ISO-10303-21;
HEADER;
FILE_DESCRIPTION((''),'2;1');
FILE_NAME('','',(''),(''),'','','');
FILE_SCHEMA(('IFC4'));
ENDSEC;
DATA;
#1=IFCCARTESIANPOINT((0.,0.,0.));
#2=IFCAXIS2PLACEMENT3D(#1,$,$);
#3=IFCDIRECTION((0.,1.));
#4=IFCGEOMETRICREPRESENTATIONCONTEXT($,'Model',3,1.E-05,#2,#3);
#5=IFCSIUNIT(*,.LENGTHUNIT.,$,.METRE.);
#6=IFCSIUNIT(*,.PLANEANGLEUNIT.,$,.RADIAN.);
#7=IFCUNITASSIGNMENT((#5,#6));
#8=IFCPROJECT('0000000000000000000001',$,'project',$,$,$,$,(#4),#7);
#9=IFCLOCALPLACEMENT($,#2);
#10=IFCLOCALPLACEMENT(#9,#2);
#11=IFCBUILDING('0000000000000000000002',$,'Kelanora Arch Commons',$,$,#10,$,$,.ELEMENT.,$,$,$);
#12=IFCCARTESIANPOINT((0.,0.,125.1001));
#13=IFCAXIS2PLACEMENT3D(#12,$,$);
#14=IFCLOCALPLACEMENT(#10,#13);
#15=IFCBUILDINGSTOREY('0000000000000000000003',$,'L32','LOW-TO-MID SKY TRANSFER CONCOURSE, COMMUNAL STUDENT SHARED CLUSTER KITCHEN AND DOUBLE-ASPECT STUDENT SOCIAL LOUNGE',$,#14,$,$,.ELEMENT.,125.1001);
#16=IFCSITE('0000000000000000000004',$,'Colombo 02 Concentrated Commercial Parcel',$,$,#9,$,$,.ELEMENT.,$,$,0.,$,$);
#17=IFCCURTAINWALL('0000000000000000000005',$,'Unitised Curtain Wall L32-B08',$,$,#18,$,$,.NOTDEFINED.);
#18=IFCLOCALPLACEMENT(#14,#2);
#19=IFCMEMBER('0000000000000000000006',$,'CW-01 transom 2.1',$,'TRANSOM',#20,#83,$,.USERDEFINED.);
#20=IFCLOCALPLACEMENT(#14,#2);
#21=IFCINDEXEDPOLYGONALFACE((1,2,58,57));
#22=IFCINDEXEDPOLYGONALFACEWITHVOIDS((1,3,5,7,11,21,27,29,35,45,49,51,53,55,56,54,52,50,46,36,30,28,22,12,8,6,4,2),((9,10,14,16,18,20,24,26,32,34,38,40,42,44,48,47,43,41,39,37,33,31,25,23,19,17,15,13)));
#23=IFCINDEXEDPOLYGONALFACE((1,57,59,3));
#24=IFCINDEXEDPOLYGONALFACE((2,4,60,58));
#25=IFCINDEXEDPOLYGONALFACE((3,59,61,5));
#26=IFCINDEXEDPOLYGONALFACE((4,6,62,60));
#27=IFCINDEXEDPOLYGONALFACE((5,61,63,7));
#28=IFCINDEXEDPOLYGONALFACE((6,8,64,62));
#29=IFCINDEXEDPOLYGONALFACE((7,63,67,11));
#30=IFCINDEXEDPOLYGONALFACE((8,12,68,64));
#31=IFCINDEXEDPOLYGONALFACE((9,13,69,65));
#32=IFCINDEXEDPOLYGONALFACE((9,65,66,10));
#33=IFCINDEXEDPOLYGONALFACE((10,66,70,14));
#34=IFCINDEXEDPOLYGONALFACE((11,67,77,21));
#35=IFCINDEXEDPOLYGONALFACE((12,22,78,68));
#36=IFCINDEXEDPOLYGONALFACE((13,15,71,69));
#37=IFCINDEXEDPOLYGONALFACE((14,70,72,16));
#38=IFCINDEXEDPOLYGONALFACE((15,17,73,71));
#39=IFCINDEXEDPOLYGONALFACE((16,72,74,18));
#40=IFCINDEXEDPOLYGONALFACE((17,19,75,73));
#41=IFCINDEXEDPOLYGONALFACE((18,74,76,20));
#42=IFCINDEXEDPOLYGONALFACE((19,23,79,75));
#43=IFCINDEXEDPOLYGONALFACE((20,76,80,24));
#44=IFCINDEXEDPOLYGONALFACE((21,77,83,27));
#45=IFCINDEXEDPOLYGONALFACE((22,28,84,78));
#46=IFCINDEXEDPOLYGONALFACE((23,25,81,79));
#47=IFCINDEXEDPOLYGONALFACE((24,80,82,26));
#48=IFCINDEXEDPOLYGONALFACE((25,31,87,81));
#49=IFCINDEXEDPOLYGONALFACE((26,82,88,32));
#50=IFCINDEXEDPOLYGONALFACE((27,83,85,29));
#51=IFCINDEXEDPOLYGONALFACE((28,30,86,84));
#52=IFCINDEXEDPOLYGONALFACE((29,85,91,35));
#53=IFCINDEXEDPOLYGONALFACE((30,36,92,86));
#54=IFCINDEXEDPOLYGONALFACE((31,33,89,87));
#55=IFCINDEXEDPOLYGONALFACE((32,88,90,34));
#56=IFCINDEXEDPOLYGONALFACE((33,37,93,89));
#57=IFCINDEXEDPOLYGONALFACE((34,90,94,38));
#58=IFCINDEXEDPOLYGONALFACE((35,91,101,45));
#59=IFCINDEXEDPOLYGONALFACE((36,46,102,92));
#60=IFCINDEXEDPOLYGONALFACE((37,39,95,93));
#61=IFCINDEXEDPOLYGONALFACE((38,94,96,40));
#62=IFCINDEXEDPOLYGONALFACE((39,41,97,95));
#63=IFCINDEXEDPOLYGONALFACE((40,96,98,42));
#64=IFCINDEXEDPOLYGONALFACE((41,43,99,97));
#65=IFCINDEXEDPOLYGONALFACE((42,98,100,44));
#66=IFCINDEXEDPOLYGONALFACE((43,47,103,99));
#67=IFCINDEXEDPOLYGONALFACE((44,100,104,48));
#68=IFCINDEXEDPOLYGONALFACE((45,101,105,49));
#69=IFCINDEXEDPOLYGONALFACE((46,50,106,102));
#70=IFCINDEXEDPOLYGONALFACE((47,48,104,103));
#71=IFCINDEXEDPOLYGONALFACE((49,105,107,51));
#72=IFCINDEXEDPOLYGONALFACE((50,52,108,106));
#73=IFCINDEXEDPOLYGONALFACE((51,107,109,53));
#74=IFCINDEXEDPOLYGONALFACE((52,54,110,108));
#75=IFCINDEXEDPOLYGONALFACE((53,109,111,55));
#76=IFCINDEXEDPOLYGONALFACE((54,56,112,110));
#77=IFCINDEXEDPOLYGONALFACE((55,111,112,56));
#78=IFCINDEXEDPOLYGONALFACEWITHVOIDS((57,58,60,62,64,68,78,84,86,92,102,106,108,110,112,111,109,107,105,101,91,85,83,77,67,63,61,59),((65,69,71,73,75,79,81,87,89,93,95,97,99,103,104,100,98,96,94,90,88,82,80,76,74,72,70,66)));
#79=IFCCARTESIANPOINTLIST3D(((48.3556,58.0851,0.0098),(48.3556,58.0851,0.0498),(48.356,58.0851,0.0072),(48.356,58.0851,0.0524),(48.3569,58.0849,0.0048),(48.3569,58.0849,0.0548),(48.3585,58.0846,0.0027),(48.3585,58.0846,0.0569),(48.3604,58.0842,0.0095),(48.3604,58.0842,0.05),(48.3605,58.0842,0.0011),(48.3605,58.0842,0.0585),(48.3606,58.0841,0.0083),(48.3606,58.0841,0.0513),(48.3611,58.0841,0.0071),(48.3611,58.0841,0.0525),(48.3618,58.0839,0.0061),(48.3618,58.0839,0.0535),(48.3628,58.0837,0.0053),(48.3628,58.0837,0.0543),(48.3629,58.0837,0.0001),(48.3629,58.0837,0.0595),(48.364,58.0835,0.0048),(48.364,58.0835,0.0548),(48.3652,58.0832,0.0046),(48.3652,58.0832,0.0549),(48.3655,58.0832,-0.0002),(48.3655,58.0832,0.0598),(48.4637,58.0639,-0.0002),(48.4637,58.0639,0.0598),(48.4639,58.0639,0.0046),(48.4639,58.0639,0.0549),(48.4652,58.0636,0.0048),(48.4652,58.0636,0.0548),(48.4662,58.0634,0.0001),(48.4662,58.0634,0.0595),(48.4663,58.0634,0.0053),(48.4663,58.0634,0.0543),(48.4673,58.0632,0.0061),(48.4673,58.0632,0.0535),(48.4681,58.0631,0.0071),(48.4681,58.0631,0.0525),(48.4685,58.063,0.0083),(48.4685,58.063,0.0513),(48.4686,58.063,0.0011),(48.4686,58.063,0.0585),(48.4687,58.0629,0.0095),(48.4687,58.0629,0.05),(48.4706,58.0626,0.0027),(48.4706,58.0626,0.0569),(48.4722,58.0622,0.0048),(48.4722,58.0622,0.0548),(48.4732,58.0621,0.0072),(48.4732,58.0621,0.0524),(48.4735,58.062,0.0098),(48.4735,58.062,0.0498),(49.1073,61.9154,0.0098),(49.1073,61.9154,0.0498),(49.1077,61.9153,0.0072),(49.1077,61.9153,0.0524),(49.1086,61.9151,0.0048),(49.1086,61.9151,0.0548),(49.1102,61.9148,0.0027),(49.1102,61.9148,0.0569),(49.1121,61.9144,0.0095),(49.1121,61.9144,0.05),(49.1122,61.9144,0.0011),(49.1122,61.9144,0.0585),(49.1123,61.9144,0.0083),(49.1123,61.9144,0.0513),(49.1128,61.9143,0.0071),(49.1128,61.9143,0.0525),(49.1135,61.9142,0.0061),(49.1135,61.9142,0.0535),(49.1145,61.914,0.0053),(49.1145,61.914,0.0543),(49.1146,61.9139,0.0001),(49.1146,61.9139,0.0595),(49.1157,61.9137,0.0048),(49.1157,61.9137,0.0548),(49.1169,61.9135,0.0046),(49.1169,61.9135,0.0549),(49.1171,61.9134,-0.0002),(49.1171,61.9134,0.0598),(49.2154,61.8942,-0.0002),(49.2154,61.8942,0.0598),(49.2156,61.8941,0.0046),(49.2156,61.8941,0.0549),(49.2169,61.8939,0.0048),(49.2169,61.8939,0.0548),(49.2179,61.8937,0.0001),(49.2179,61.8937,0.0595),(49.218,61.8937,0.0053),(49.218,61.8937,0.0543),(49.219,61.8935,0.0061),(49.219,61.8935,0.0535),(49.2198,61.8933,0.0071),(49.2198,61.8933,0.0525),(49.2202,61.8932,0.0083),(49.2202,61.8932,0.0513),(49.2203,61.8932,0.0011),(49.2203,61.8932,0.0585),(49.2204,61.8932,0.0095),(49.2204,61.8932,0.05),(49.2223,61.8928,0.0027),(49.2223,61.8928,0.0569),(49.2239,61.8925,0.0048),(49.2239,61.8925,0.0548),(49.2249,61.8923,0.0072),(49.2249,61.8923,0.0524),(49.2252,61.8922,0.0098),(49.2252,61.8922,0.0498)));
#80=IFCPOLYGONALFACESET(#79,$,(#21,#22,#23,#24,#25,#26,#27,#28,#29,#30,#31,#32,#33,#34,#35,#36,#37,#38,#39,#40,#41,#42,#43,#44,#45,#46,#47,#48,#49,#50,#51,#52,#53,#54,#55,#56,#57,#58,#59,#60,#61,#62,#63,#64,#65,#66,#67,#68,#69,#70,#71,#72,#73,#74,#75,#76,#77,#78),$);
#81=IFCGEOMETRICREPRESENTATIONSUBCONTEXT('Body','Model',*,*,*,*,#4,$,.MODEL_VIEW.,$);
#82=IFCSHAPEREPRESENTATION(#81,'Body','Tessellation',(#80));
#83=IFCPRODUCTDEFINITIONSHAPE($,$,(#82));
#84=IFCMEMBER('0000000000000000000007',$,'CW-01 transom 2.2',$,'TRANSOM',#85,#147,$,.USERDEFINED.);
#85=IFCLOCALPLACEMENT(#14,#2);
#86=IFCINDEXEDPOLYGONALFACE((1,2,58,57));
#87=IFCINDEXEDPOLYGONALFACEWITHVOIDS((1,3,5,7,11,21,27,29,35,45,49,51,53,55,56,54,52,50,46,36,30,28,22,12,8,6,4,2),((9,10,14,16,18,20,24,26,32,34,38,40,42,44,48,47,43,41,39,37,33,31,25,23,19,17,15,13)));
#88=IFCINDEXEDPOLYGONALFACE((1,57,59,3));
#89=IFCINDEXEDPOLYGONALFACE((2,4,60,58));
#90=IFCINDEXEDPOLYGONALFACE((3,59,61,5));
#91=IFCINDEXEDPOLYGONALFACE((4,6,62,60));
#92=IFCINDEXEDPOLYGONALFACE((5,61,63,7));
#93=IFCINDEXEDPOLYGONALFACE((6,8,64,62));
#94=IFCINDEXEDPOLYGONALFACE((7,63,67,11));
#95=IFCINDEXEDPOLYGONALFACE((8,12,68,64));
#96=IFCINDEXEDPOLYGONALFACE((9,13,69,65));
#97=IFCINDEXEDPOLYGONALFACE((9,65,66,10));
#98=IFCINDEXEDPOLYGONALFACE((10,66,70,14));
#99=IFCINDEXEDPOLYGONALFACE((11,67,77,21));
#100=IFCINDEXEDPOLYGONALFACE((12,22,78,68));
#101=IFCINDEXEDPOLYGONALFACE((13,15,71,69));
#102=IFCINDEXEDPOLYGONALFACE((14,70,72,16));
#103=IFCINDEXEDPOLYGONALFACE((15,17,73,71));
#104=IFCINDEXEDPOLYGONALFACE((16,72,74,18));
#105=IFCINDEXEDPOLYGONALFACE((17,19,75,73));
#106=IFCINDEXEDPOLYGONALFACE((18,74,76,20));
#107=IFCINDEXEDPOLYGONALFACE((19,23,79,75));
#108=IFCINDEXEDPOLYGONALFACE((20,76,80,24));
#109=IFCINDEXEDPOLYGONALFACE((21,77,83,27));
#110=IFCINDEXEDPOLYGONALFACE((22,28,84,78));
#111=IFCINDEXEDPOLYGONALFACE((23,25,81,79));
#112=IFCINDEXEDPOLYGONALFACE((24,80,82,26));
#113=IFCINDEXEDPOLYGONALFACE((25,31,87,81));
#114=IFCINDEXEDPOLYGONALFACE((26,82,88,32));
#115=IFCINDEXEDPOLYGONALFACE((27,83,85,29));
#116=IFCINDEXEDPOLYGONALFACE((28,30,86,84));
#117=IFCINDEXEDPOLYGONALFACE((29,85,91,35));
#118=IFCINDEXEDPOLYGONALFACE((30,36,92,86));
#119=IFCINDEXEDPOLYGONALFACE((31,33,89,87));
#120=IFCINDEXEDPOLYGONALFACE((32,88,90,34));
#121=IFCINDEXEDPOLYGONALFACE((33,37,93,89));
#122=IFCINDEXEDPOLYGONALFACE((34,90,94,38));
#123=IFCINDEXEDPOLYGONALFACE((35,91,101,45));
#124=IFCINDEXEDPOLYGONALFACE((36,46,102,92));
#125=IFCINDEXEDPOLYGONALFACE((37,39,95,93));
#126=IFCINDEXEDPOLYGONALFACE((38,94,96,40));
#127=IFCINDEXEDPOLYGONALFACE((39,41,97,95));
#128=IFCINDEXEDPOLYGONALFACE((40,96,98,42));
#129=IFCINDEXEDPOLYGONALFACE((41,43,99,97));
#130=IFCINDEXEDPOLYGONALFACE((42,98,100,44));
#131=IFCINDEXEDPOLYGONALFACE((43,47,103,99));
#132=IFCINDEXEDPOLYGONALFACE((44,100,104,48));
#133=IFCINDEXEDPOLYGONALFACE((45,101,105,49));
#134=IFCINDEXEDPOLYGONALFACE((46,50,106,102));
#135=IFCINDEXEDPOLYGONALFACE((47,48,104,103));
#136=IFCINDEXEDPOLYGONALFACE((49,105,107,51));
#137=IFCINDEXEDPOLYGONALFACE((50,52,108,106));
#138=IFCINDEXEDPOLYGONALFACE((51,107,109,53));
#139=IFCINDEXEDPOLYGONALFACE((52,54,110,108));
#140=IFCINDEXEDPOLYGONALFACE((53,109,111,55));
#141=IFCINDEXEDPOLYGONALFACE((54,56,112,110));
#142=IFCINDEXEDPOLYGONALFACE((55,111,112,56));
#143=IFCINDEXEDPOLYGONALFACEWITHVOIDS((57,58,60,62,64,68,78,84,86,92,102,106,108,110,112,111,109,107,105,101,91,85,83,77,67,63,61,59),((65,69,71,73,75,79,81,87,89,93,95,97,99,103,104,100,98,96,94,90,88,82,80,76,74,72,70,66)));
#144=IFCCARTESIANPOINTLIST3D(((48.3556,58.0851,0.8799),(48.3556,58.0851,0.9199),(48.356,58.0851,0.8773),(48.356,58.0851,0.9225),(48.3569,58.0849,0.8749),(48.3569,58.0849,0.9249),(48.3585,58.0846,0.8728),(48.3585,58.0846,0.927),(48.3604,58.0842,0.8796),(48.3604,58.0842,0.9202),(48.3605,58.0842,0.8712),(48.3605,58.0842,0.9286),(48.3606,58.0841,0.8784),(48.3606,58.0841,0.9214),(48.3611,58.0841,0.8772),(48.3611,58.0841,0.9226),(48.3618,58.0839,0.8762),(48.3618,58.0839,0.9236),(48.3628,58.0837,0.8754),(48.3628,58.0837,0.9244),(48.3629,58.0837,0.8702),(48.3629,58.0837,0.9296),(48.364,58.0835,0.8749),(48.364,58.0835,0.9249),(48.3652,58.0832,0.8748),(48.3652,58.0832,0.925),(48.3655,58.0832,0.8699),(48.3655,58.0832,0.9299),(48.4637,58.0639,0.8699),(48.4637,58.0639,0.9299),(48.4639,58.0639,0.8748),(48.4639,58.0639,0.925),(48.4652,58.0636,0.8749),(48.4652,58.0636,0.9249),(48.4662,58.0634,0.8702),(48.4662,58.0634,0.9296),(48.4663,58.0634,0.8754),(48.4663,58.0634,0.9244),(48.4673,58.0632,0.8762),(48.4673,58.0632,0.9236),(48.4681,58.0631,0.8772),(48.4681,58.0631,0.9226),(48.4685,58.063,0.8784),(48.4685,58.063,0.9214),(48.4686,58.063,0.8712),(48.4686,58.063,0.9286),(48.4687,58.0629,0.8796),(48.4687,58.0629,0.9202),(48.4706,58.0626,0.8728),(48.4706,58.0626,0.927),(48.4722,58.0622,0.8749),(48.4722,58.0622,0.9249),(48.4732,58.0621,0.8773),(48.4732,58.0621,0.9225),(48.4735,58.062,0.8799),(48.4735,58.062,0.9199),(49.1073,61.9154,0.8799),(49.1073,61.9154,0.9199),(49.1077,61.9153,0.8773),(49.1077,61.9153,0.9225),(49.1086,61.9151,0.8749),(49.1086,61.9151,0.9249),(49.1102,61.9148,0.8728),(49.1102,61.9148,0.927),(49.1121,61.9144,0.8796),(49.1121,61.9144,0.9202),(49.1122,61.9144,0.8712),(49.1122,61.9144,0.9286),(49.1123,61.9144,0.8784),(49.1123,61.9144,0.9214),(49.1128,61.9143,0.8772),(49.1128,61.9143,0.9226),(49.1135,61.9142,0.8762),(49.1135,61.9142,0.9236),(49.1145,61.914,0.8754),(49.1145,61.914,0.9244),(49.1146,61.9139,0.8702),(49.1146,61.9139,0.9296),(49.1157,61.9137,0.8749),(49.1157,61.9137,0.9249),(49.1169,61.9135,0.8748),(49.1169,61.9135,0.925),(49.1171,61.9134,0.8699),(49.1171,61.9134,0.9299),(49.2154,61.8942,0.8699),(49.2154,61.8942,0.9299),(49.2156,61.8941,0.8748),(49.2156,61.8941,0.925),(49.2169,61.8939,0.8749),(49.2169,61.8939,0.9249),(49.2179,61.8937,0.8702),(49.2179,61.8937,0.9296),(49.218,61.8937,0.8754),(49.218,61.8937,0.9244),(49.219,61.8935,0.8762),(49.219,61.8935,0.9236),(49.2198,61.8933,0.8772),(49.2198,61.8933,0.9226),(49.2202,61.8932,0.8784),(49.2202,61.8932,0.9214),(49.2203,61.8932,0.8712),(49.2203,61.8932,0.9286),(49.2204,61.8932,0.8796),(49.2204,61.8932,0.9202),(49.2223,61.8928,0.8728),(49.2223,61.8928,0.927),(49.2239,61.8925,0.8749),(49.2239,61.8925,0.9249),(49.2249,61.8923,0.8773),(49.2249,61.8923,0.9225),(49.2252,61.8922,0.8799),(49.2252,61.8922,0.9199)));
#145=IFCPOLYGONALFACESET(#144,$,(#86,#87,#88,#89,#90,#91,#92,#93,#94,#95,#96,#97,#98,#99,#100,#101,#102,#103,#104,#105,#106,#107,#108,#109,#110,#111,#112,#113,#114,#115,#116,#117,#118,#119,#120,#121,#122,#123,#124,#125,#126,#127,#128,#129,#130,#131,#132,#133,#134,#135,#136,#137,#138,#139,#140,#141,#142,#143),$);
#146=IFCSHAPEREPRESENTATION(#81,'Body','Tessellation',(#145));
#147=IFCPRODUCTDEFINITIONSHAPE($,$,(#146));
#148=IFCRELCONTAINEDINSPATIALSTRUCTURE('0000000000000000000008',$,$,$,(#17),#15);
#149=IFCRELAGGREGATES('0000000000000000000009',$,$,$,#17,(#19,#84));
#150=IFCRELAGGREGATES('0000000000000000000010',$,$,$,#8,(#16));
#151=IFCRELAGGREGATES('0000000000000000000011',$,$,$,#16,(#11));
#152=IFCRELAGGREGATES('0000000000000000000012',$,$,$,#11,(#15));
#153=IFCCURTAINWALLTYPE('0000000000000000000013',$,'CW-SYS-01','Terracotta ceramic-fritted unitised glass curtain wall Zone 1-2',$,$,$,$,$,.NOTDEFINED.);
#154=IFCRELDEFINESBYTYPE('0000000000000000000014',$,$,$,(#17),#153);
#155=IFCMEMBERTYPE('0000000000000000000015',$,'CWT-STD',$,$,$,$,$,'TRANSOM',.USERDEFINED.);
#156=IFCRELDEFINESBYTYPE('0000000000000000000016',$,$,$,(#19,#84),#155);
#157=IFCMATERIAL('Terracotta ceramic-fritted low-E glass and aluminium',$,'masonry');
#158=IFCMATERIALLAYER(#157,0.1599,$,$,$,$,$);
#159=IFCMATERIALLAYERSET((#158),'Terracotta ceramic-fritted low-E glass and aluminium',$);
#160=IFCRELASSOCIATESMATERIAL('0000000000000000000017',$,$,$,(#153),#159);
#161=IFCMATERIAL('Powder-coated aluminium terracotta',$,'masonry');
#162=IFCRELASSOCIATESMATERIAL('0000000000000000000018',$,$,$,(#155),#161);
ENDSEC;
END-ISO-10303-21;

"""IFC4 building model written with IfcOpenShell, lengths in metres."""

from ifc_helpers import new_model, si_unit, direction, frame, origin, origin_2d, place, context, subcontext, project, spatial, hollow_rectangle, extrude, material, layer, layer_set, material_profile, profile_set, type_object, element, aggregate, save


model = new_model("IFC4")

# Units and contexts
model_context = context("Model", 3, precision=1e-05, world=origin(), true_north=direction((0.0, 1.0)))
body_context = subcontext(model_context, "Body", "Model", "MODEL_VIEW")
ifc_project = project(units=[si_unit("LENGTHUNIT", "METRE"), si_unit("PLANEANGLEUNIT", "RADIAN")], contexts=[model_context])

# Site, building, storey
site_placement = place(None, origin())
site = spatial("IfcSite", under=ifc_project, at=site_placement, Name="Colombo 02 Concentrated Commercial Parcel", CompositionType="ELEMENT", RefElevation=0.0)
building_placement = place(site_placement, origin())
building = spatial("IfcBuilding", under=site, at=building_placement, Name="Kelanora Arch Commons", CompositionType="ELEMENT")
storey_placement = place(building_placement, frame((0.0, 0.0, 125.1001)))
storey = spatial("IfcBuildingStorey", under=building, at=storey_placement, Name="L32", Description="LOW-TO-MID SKY TRANSFER CONCOURSE, COMMUNAL STUDENT SHARED CLUSTER KITCHEN AND DOUBLE-ASPECT STUDENT SOCIAL LOUNGE", CompositionType="ELEMENT", Elevation=125.1001)

# Curtain wall, members
ifc_material_1 = material(Name="Terracotta ceramic-fritted low-E glass and aluminium", Category="masonry")
ifc_layer_1 = layer(ifc_material_1, 0.1599)
ifc_layer_set_1 = layer_set([ifc_layer_1], Name="Terracotta ceramic-fritted low-E glass and aluminium")
curtain_wall_type = type_object("IfcCurtainWallType", Name="CW-SYS-01", Description="Terracotta ceramic-fritted unitised glass curtain wall Zone 1-2", PredefinedType="NOTDEFINED", material=ifc_layer_set_1)
curtain_wall_placement = place(storey_placement, origin())
curtain_wall = element("IfcCurtainWall", 1, at=curtain_wall_placement, inside=storey, type_object=curtain_wall_type, Name="Unitised Curtain Wall L32-B08", PredefinedType="NOTDEFINED")
ifc_material_2 = material(Name="Powder-coated aluminium terracotta", Category="masonry")
ifc_material_profile_1 = material_profile(ifc_material_2, hollow_rectangle(XDim=0.1201, YDim=0.0601, WallThickness=0.0049, InnerFilletRadius=0.0049, OuterFilletRadius=0.01, at=origin_2d()), Name="CWT120x60")
ifc_profile_set_1 = profile_set([ifc_material_profile_1], Name="Powder-coated aluminium terracotta")
member_type_1 = type_object("IfcMemberType", Name="CWT-STD", ElementType="TRANSOM", PredefinedType="USERDEFINED", material=ifc_profile_set_1)
member_1_placement = place(storey_placement, frame((49.1663, 61.9038, 0.0298), z_axis=(-0.192579, -0.981282, 0.0), x_axis=(0.981282, -0.192579, 0.0)))
member_1 = element("IfcMember", 2, at=member_1_placement, type_object=member_type_1, Name="CW-01 transom 2.1", ObjectType="TRANSOM", PredefinedType="USERDEFINED", context=body_context, shape_type="SweptSolid", body=[
    extrude(hollow_rectangle(XDim=0.1201, YDim=0.0601, WallThickness=0.0049, InnerFilletRadius=0.0049, OuterFilletRadius=0.01, at=origin_2d()), origin(), (0.0, 0.0, 1.0), 3.9033),
])
member_2_placement = place(storey_placement, frame((49.1663, 61.9038, 0.8999), z_axis=(-0.192579, -0.981282, 0.0), x_axis=(0.981282, -0.192579, 0.0)))
member_2 = element("IfcMember", 3, at=member_2_placement, type_object=member_type_1, Name="CW-01 transom 2.2", ObjectType="TRANSOM", PredefinedType="USERDEFINED", context=body_context, shape_type="SweptSolid", body=[
    extrude(hollow_rectangle(XDim=0.1201, YDim=0.0601, WallThickness=0.0049, InnerFilletRadius=0.0049, OuterFilletRadius=0.01, at=origin_2d()), origin(), (0.0, 0.0, 1.0), 3.9033),
])
aggregate(curtain_wall, [member_1, member_2])

save(model, "model.ifc")
